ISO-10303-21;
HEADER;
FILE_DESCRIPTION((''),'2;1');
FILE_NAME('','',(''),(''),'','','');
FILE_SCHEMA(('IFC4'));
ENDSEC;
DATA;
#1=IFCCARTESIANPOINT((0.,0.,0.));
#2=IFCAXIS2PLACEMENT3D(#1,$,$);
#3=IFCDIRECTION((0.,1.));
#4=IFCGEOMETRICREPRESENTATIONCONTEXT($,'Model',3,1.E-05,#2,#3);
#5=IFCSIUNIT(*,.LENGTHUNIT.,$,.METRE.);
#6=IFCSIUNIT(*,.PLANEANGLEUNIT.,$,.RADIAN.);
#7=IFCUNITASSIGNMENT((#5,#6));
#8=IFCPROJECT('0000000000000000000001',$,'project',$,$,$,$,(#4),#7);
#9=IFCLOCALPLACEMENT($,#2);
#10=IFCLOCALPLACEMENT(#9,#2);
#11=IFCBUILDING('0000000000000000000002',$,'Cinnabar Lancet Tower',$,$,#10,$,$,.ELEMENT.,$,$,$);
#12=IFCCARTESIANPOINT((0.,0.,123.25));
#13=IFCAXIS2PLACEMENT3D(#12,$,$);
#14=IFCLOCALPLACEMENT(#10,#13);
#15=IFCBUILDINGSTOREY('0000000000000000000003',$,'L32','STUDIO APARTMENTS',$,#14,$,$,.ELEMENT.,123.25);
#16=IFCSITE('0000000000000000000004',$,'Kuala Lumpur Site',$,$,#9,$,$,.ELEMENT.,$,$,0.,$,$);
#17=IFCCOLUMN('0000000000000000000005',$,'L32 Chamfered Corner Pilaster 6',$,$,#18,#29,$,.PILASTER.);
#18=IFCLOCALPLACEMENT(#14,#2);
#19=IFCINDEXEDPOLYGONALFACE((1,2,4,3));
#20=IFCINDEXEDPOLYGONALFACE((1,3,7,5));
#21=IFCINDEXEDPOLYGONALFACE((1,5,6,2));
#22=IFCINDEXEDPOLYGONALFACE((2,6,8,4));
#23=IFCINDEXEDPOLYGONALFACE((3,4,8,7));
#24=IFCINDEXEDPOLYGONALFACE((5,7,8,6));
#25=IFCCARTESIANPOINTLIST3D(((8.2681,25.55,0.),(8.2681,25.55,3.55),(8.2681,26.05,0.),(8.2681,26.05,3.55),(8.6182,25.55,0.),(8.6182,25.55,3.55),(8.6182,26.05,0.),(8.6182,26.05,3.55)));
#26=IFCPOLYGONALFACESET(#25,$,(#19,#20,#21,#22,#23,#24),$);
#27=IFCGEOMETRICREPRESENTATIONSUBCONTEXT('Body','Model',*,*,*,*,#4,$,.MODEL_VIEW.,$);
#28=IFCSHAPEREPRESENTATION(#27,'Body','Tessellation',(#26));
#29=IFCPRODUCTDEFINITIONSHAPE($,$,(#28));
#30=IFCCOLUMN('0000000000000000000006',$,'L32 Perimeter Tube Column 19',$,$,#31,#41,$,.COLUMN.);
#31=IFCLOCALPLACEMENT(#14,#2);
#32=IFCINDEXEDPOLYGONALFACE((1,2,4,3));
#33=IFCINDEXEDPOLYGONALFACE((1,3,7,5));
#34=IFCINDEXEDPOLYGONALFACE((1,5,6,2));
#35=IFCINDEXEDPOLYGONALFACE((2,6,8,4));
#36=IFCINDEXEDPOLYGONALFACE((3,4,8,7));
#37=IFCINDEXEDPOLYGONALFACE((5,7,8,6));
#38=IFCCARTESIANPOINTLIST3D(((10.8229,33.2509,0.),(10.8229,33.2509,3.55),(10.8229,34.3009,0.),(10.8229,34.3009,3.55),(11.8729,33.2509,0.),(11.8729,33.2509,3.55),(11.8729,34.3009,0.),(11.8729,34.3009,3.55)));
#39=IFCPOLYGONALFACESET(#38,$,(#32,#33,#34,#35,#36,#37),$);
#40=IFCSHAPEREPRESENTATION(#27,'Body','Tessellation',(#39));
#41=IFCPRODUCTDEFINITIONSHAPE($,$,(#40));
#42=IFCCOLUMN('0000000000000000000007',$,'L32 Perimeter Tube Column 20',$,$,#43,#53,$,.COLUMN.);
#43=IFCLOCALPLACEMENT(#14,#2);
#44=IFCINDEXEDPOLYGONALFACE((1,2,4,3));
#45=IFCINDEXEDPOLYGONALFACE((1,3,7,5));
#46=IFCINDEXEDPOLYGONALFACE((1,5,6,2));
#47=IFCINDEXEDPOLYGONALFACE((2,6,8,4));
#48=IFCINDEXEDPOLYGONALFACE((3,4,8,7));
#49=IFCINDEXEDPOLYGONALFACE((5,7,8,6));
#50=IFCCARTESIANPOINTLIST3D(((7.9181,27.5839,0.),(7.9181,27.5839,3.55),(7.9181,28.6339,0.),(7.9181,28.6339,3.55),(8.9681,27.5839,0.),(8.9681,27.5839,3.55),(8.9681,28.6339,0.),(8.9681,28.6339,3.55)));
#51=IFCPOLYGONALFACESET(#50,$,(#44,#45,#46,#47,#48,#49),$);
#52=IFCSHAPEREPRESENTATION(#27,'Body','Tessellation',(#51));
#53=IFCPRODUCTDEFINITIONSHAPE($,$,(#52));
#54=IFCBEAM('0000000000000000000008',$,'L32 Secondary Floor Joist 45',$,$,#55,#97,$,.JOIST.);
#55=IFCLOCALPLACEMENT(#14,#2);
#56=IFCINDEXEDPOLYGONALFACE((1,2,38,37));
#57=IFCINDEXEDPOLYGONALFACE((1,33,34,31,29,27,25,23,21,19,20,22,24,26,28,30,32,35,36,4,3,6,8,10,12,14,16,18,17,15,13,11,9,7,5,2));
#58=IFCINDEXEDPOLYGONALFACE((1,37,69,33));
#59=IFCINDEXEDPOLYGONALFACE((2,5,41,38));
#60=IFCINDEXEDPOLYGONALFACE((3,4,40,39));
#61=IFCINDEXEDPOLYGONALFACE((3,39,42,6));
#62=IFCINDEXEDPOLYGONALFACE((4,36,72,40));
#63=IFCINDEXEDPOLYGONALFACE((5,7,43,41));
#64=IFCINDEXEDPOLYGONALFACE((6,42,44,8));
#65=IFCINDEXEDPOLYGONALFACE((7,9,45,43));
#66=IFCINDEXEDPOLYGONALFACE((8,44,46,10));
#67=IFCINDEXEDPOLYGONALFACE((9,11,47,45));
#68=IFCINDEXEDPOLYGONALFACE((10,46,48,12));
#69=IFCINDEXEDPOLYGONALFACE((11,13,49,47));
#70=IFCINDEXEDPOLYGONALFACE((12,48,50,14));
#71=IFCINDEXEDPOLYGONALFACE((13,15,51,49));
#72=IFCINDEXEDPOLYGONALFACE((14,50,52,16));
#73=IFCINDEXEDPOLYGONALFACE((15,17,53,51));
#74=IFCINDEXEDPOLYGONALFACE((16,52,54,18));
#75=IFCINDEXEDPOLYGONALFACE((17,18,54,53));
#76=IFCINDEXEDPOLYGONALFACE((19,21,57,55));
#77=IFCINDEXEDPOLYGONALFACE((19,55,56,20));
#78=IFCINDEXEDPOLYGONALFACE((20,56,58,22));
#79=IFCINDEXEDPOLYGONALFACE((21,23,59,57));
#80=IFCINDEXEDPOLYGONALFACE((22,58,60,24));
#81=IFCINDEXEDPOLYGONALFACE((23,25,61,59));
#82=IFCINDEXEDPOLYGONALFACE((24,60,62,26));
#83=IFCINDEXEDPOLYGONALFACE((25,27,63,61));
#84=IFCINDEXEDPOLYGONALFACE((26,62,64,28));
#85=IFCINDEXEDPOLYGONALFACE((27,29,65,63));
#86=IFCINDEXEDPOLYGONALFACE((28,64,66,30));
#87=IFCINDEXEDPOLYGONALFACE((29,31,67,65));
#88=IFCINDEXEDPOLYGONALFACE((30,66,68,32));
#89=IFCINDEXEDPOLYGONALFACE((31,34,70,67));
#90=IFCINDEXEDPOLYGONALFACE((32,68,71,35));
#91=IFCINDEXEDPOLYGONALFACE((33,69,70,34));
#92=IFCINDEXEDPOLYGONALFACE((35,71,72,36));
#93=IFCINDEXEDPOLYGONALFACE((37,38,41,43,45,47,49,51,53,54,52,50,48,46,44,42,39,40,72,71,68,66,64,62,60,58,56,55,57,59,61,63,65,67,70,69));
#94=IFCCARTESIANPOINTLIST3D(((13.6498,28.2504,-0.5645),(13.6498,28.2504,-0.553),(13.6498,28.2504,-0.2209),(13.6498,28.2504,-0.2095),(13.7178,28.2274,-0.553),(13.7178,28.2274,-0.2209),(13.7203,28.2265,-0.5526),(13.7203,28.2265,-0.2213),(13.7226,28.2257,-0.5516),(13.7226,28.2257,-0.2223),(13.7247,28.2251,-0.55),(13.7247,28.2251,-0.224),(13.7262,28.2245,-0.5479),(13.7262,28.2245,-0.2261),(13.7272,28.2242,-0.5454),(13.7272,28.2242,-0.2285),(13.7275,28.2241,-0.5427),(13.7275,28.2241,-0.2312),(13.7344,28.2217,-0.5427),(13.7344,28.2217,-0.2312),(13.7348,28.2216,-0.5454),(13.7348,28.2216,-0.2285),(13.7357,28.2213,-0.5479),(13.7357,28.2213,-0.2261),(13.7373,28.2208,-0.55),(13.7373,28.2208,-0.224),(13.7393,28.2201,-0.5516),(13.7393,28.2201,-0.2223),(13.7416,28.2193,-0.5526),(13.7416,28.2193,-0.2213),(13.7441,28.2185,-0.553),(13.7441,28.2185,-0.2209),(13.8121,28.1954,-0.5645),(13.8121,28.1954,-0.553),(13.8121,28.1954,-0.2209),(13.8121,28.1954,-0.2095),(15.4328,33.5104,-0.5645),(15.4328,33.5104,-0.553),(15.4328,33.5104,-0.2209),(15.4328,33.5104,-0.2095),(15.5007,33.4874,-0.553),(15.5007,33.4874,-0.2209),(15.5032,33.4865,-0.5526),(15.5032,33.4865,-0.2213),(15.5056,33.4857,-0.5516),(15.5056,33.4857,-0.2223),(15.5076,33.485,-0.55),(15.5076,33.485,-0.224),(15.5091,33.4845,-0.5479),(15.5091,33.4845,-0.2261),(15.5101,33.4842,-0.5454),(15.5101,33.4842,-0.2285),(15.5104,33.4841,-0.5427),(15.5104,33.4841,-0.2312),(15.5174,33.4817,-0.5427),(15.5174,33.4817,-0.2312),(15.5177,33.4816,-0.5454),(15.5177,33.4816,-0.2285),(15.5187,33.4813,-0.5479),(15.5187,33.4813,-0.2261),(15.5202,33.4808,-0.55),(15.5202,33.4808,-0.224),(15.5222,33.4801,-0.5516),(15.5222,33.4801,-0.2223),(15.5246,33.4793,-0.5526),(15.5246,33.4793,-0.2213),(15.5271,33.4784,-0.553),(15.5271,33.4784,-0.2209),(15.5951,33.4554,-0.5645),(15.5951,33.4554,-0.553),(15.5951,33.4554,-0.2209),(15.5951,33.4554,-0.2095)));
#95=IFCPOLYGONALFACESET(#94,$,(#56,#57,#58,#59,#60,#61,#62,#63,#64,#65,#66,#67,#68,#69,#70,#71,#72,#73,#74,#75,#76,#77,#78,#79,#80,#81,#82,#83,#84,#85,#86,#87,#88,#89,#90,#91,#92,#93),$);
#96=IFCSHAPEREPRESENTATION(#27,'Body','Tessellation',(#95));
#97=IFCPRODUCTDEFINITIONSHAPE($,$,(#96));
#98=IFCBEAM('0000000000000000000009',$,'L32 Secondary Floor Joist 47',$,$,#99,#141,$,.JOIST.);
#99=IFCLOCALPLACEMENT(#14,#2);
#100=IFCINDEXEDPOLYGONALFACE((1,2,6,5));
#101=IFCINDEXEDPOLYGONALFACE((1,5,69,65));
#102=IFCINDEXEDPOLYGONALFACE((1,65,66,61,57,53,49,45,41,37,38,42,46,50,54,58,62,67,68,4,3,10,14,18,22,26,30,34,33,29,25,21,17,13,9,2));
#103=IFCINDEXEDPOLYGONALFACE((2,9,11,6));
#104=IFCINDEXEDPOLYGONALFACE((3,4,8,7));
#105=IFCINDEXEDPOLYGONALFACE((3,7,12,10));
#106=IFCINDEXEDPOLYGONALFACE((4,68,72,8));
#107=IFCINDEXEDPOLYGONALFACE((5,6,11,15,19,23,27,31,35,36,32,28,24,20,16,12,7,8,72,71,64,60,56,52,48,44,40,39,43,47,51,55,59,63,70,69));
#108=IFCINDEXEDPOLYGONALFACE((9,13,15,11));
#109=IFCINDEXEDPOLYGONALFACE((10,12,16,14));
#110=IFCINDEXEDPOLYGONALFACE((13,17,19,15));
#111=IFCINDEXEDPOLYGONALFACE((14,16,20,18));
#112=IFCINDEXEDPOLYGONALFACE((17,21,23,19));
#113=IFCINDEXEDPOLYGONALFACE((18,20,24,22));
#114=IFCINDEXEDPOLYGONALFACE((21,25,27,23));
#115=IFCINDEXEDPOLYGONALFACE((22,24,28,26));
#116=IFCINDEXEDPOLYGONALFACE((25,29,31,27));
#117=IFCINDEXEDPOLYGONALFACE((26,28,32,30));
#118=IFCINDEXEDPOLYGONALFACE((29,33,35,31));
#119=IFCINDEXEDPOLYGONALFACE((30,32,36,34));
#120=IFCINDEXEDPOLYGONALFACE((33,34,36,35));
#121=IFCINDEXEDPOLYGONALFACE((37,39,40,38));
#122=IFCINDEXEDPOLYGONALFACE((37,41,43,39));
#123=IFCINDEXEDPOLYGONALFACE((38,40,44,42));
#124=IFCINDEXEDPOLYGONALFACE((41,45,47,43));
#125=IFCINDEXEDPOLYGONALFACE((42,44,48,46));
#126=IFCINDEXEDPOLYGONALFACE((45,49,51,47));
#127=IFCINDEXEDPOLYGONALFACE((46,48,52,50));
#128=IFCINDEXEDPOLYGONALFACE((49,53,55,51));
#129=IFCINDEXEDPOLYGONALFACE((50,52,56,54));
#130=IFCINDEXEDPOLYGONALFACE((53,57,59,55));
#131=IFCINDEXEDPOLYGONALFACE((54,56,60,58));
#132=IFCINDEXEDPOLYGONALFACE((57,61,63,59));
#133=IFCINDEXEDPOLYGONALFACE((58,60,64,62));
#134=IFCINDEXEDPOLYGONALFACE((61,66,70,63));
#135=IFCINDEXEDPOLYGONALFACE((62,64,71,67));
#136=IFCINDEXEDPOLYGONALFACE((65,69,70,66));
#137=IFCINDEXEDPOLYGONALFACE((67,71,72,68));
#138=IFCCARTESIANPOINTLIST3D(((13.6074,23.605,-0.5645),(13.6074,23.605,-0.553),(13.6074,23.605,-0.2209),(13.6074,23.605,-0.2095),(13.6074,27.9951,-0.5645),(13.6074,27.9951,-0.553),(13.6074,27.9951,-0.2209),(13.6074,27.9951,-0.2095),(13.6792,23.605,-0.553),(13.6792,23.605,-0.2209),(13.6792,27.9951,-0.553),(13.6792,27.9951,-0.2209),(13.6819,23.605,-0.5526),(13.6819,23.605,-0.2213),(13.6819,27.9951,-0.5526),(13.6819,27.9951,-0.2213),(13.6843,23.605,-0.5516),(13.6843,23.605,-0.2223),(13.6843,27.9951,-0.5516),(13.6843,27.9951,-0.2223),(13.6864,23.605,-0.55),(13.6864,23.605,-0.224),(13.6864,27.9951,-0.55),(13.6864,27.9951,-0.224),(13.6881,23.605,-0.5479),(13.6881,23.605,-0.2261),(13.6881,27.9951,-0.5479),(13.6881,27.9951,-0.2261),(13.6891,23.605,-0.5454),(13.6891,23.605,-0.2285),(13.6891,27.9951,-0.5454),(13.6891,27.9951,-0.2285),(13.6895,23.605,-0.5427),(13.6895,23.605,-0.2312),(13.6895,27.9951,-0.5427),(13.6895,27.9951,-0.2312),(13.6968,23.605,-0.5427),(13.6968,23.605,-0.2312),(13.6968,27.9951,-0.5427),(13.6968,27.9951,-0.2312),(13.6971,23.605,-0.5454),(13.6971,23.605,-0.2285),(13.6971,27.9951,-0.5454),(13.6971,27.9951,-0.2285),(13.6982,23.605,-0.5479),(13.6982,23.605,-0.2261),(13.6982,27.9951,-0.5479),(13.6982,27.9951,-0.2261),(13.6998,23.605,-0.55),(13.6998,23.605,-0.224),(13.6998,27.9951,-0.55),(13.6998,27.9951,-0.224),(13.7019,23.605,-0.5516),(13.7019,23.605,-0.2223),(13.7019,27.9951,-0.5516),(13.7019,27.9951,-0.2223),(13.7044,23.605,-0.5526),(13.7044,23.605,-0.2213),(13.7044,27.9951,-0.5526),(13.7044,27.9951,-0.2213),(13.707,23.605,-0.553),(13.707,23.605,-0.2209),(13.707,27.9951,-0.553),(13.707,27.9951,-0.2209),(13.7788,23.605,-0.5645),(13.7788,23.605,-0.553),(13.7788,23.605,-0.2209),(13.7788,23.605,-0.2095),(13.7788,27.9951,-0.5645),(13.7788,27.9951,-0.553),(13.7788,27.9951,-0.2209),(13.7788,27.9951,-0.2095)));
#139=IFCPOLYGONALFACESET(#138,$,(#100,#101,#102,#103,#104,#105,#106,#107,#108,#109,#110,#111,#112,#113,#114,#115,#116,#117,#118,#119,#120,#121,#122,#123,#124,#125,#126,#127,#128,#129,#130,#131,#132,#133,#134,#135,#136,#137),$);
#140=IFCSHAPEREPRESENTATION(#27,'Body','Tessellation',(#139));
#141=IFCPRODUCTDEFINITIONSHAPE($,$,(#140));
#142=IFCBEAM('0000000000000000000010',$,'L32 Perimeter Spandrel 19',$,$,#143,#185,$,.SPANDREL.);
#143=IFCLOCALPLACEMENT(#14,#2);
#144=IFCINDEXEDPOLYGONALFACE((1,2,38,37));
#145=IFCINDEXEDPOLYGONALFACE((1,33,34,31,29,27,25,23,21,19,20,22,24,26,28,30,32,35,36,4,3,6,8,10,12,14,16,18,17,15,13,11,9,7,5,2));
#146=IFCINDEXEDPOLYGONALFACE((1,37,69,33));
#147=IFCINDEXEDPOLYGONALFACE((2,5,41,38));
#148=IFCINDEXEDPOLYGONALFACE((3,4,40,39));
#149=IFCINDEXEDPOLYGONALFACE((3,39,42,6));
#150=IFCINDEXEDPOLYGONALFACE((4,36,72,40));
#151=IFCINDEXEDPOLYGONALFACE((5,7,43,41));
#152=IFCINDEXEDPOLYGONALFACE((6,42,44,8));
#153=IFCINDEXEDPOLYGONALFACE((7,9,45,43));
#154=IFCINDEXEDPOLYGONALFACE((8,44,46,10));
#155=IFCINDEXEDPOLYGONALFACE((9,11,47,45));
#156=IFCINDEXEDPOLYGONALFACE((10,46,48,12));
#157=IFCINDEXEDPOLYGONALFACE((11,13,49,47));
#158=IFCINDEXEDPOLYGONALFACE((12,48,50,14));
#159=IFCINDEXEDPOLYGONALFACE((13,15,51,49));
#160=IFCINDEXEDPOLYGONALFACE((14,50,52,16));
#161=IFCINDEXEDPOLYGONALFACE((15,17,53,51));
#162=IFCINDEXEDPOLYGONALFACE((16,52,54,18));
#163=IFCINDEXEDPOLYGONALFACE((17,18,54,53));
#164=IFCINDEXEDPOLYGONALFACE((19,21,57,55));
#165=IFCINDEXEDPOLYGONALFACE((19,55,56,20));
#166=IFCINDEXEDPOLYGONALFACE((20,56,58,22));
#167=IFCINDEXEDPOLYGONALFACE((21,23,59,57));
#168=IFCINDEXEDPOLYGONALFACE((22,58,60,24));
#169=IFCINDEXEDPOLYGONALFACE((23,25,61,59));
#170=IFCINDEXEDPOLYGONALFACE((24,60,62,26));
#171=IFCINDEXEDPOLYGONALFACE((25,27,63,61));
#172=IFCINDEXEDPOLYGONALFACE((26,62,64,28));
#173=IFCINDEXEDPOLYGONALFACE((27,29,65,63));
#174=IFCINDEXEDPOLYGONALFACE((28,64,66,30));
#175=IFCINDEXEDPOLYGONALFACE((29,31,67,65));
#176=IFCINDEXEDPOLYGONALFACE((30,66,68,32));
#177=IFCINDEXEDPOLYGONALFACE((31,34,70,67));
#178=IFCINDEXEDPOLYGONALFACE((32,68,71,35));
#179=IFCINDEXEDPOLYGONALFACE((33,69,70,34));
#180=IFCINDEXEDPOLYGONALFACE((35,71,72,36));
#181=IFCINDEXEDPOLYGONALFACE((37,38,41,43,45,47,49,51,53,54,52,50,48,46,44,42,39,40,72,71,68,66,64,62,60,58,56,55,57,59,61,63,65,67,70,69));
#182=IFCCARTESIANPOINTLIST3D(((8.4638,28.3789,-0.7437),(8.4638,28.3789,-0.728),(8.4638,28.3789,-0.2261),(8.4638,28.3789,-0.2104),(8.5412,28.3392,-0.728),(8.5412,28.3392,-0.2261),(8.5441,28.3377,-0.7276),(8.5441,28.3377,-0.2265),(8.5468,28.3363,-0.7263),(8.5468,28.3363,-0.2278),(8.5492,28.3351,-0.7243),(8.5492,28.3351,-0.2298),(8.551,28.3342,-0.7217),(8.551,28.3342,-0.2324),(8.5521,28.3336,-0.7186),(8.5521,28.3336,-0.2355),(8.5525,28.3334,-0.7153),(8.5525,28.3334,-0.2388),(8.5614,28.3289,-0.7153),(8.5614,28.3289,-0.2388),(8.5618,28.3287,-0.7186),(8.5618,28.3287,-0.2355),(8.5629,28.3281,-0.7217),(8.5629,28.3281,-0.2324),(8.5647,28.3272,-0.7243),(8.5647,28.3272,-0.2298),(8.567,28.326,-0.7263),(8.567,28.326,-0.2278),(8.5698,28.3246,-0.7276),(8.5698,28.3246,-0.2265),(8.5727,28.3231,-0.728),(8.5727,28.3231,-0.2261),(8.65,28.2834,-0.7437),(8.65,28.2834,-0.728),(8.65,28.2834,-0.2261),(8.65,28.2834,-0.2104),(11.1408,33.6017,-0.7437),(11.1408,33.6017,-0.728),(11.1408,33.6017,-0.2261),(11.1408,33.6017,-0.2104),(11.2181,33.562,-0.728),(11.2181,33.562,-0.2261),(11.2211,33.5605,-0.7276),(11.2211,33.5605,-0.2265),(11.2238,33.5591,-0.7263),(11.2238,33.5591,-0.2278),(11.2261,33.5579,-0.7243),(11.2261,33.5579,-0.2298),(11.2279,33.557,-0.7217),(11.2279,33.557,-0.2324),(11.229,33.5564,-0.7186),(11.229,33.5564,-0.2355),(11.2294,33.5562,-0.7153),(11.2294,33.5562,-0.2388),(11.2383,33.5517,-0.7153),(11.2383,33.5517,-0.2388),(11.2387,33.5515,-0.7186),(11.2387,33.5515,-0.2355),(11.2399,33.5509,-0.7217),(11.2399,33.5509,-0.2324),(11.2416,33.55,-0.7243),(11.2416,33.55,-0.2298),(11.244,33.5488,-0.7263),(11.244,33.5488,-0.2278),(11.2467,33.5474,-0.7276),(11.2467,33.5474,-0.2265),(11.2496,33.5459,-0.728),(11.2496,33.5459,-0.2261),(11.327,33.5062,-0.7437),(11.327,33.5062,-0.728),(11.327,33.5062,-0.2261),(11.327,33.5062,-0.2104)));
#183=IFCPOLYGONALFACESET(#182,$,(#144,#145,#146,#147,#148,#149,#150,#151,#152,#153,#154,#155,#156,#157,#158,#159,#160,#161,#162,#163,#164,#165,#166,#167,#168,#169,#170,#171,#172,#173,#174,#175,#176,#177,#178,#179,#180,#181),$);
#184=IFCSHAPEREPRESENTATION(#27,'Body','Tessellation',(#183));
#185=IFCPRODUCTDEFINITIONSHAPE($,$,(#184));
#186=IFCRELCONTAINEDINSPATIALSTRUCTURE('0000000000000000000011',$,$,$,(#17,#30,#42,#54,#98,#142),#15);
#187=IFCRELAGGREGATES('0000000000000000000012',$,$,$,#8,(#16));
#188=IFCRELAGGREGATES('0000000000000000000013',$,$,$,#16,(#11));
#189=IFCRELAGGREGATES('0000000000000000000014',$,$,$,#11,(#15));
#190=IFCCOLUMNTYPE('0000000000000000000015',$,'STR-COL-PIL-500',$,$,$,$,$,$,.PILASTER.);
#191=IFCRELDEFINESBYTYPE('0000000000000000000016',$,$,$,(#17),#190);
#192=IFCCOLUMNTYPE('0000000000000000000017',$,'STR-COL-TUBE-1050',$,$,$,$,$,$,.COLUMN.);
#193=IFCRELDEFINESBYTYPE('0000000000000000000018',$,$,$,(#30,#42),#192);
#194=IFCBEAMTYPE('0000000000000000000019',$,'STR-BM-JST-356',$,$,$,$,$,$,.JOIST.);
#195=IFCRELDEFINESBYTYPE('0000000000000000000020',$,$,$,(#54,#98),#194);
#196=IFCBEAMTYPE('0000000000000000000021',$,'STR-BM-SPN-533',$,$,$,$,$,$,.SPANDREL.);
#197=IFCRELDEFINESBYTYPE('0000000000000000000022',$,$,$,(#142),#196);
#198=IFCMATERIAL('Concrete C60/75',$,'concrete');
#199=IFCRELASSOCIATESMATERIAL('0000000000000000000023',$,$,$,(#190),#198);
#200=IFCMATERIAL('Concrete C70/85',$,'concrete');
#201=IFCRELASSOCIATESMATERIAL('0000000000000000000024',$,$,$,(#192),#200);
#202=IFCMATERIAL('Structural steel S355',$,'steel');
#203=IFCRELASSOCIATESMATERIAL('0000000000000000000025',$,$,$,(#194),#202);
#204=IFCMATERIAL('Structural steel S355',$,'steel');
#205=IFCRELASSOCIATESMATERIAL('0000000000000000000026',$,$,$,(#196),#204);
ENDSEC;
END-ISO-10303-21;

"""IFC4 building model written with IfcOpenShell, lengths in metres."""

from ifc_helpers import new_model, si_unit, direction, frame, origin, origin_2d, place, context, subcontext, project, spatial, rectangle, i_section, extrude, material, material_profile, profile_set, type_object, element, save


model = new_model("IFC4")

# Units and contexts
model_context = context("Model", 3, precision=1e-05, world=origin(), true_north=direction((0.0, 1.0)))
body_context = subcontext(model_context, "Body", "Model", "MODEL_VIEW")
ifc_project = project(units=[si_unit("LENGTHUNIT", "METRE"), si_unit("PLANEANGLEUNIT", "RADIAN")], contexts=[model_context])

# Site, building, storey
site_placement = place(None, origin())
site = spatial("IfcSite", under=ifc_project, at=site_placement, Name="Kuala Lumpur Site", CompositionType="ELEMENT", RefElevation=0.0)
building_placement = place(site_placement, origin())
building = spatial("IfcBuilding", under=site, at=building_placement, Name="Cinnabar Lancet Tower", CompositionType="ELEMENT")
storey_placement = place(building_placement, frame((0.0, 0.0, 123.25)))
storey = spatial("IfcBuildingStorey", under=building, at=storey_placement, Name="L32", Description="STUDIO APARTMENTS", CompositionType="ELEMENT", Elevation=123.25)

# Columns
ifc_material_1 = material(Name="Concrete C60/75", Category="concrete")
ifc_material_profile_1 = material_profile(ifc_material_1, rectangle(XDim=0.5, YDim=0.3501, at=origin_2d()), Name="RC-PIL 500x350")
ifc_profile_set_1 = profile_set([ifc_material_profile_1], Name="Concrete C60/75")
column_type_1 = type_object("IfcColumnType", Name="STR-COL-PIL-500", PredefinedType="PILASTER", material=ifc_profile_set_1)
column_placement = place(storey_placement, frame((8.4431, 25.8, 0.0), z_axis=(0.0, 0.0, 1.0), x_axis=(0.0, -1.0, 0.0)))
element("IfcColumn", 1, at=column_placement, inside=storey, type_object=column_type_1, Name="L32 Chamfered Corner Pilaster 6", PredefinedType="PILASTER", context=body_context, shape_type="SweptSolid", body=[
    extrude(rectangle(XDim=0.5, YDim=0.3501, at=origin_2d()), origin(), (0.0, 0.0, 1.0), 3.55),
])
ifc_material_2 = material(Name="Concrete C70/85", Category="concrete")
ifc_material_profile_2 = material_profile(ifc_material_2, rectangle(XDim=1.05, YDim=1.05, at=origin_2d()), Name="RC-COL 1050x1050")
ifc_profile_set_2 = profile_set([ifc_material_profile_2], Name="Concrete C70/85")
column_type_2 = type_object("IfcColumnType", Name="STR-COL-TUBE-1050", PredefinedType="COLUMN", material=ifc_profile_set_2)
for number, where, z_axis, x_axis, name in (
    (2, (11.3479, 33.7759, 0.0), (0.0, 0.0, 1.0), (1.0, 0.0, 0.0), "L32 Perimeter Tube Column 19"),
    (3, (8.4431, 28.1089, 0.0), (0.0, 0.0, 1.0), (1.0, 0.0, 0.0), "L32 Perimeter Tube Column 20"),
):
    element("IfcColumn", number, at=place(storey_placement, frame(where, z_axis=z_axis, x_axis=x_axis)), inside=storey, type_object=column_type_2, Name=name, PredefinedType="COLUMN", context=body_context, shape_type="SweptSolid", body=[
        extrude(rectangle(XDim=1.05, YDim=1.05, at=origin_2d()), origin(), (0.0, 0.0, 1.0), 3.55),
    ])

# Beams
ifc_material_3 = material(Name="Structural steel S355", Category="steel")
ifc_material_profile_3 = material_profile(ifc_material_3, i_section(OverallWidth=0.1714, OverallDepth=0.355, WebThickness=0.0073, FlangeThickness=0.0115, FilletRadius=0.0103, at=origin_2d()), Name="UKB 356x171x51")
ifc_profile_set_3 = profile_set([ifc_material_profile_3], Name="Structural steel S355")
beam_type_1 = type_object("IfcBeamType", Name="STR-BM-JST-356", PredefinedType="JOIST", material=ifc_profile_set_3)
beam_1_placement = place(storey_placement, frame((15.5139, 33.4829, -0.387), z_axis=(-0.321024, -0.947071, 0.0), x_axis=(0.947071, -0.321024, 0.0)))
element("IfcBeam", 4, at=beam_1_placement, inside=storey, type_object=beam_type_1, Name="L32 Secondary Floor Joist 45", PredefinedType="JOIST", context=body_context, shape_type="SweptSolid", body=[
    extrude(i_section(OverallWidth=0.1714, OverallDepth=0.355, WebThickness=0.0073, FlangeThickness=0.0115, FilletRadius=0.0103, at=origin_2d()), origin(), (0.0, 0.0, 1.0), 5.554),
])
beam_2_placement = place(storey_placement, frame((13.6931, 27.9951, -0.387), z_axis=(0.0, -1.0, 0.0), x_axis=(1.0, 0.0, 0.0)))
element("IfcBeam", 5, at=beam_2_placement, inside=storey, type_object=beam_type_1, Name="L32 Secondary Floor Joist 47", PredefinedType="JOIST", context=body_context, shape_type="SweptSolid", body=[
    extrude(i_section(OverallWidth=0.1714, OverallDepth=0.355, WebThickness=0.0073, FlangeThickness=0.0115, FilletRadius=0.0103, at=origin_2d()), origin(), (0.0, 0.0, 1.0), 4.3901),
])
ifc_material_4 = material(Name="Structural steel S355", Category="steel")
ifc_material_profile_4 = material_profile(ifc_material_4, i_section(OverallWidth=0.2092, OverallDepth=0.5332, WebThickness=0.01, FlangeThickness=0.0156, FilletRadius=0.0127, at=origin_2d()), Name="UKB 533x210x92")
ifc_profile_set_4 = profile_set([ifc_material_profile_4], Name="Structural steel S355")
beam_type_2 = type_object("IfcBeamType", Name="STR-BM-SPN-533", PredefinedType="SPANDREL", material=ifc_profile_set_4)
beam_3_placement = place(storey_placement, frame((11.2339, 33.554, -0.4771), z_axis=(-0.456127, -0.889915, 0.0), x_axis=(0.889915, -0.456127, 0.0)))
element("IfcBeam", 6, at=beam_3_placement, inside=storey, type_object=beam_type_2, Name="L32 Perimeter Spandrel 19", PredefinedType="SPANDREL", context=body_context, shape_type="SweptSolid", body=[
    extrude(i_section(OverallWidth=0.2092, OverallDepth=0.5332, WebThickness=0.01, FlangeThickness=0.0156, FilletRadius=0.0127, at=origin_2d()), origin(), (0.0, 0.0, 1.0), 5.8689),
])

save(model, "model.ifc")
